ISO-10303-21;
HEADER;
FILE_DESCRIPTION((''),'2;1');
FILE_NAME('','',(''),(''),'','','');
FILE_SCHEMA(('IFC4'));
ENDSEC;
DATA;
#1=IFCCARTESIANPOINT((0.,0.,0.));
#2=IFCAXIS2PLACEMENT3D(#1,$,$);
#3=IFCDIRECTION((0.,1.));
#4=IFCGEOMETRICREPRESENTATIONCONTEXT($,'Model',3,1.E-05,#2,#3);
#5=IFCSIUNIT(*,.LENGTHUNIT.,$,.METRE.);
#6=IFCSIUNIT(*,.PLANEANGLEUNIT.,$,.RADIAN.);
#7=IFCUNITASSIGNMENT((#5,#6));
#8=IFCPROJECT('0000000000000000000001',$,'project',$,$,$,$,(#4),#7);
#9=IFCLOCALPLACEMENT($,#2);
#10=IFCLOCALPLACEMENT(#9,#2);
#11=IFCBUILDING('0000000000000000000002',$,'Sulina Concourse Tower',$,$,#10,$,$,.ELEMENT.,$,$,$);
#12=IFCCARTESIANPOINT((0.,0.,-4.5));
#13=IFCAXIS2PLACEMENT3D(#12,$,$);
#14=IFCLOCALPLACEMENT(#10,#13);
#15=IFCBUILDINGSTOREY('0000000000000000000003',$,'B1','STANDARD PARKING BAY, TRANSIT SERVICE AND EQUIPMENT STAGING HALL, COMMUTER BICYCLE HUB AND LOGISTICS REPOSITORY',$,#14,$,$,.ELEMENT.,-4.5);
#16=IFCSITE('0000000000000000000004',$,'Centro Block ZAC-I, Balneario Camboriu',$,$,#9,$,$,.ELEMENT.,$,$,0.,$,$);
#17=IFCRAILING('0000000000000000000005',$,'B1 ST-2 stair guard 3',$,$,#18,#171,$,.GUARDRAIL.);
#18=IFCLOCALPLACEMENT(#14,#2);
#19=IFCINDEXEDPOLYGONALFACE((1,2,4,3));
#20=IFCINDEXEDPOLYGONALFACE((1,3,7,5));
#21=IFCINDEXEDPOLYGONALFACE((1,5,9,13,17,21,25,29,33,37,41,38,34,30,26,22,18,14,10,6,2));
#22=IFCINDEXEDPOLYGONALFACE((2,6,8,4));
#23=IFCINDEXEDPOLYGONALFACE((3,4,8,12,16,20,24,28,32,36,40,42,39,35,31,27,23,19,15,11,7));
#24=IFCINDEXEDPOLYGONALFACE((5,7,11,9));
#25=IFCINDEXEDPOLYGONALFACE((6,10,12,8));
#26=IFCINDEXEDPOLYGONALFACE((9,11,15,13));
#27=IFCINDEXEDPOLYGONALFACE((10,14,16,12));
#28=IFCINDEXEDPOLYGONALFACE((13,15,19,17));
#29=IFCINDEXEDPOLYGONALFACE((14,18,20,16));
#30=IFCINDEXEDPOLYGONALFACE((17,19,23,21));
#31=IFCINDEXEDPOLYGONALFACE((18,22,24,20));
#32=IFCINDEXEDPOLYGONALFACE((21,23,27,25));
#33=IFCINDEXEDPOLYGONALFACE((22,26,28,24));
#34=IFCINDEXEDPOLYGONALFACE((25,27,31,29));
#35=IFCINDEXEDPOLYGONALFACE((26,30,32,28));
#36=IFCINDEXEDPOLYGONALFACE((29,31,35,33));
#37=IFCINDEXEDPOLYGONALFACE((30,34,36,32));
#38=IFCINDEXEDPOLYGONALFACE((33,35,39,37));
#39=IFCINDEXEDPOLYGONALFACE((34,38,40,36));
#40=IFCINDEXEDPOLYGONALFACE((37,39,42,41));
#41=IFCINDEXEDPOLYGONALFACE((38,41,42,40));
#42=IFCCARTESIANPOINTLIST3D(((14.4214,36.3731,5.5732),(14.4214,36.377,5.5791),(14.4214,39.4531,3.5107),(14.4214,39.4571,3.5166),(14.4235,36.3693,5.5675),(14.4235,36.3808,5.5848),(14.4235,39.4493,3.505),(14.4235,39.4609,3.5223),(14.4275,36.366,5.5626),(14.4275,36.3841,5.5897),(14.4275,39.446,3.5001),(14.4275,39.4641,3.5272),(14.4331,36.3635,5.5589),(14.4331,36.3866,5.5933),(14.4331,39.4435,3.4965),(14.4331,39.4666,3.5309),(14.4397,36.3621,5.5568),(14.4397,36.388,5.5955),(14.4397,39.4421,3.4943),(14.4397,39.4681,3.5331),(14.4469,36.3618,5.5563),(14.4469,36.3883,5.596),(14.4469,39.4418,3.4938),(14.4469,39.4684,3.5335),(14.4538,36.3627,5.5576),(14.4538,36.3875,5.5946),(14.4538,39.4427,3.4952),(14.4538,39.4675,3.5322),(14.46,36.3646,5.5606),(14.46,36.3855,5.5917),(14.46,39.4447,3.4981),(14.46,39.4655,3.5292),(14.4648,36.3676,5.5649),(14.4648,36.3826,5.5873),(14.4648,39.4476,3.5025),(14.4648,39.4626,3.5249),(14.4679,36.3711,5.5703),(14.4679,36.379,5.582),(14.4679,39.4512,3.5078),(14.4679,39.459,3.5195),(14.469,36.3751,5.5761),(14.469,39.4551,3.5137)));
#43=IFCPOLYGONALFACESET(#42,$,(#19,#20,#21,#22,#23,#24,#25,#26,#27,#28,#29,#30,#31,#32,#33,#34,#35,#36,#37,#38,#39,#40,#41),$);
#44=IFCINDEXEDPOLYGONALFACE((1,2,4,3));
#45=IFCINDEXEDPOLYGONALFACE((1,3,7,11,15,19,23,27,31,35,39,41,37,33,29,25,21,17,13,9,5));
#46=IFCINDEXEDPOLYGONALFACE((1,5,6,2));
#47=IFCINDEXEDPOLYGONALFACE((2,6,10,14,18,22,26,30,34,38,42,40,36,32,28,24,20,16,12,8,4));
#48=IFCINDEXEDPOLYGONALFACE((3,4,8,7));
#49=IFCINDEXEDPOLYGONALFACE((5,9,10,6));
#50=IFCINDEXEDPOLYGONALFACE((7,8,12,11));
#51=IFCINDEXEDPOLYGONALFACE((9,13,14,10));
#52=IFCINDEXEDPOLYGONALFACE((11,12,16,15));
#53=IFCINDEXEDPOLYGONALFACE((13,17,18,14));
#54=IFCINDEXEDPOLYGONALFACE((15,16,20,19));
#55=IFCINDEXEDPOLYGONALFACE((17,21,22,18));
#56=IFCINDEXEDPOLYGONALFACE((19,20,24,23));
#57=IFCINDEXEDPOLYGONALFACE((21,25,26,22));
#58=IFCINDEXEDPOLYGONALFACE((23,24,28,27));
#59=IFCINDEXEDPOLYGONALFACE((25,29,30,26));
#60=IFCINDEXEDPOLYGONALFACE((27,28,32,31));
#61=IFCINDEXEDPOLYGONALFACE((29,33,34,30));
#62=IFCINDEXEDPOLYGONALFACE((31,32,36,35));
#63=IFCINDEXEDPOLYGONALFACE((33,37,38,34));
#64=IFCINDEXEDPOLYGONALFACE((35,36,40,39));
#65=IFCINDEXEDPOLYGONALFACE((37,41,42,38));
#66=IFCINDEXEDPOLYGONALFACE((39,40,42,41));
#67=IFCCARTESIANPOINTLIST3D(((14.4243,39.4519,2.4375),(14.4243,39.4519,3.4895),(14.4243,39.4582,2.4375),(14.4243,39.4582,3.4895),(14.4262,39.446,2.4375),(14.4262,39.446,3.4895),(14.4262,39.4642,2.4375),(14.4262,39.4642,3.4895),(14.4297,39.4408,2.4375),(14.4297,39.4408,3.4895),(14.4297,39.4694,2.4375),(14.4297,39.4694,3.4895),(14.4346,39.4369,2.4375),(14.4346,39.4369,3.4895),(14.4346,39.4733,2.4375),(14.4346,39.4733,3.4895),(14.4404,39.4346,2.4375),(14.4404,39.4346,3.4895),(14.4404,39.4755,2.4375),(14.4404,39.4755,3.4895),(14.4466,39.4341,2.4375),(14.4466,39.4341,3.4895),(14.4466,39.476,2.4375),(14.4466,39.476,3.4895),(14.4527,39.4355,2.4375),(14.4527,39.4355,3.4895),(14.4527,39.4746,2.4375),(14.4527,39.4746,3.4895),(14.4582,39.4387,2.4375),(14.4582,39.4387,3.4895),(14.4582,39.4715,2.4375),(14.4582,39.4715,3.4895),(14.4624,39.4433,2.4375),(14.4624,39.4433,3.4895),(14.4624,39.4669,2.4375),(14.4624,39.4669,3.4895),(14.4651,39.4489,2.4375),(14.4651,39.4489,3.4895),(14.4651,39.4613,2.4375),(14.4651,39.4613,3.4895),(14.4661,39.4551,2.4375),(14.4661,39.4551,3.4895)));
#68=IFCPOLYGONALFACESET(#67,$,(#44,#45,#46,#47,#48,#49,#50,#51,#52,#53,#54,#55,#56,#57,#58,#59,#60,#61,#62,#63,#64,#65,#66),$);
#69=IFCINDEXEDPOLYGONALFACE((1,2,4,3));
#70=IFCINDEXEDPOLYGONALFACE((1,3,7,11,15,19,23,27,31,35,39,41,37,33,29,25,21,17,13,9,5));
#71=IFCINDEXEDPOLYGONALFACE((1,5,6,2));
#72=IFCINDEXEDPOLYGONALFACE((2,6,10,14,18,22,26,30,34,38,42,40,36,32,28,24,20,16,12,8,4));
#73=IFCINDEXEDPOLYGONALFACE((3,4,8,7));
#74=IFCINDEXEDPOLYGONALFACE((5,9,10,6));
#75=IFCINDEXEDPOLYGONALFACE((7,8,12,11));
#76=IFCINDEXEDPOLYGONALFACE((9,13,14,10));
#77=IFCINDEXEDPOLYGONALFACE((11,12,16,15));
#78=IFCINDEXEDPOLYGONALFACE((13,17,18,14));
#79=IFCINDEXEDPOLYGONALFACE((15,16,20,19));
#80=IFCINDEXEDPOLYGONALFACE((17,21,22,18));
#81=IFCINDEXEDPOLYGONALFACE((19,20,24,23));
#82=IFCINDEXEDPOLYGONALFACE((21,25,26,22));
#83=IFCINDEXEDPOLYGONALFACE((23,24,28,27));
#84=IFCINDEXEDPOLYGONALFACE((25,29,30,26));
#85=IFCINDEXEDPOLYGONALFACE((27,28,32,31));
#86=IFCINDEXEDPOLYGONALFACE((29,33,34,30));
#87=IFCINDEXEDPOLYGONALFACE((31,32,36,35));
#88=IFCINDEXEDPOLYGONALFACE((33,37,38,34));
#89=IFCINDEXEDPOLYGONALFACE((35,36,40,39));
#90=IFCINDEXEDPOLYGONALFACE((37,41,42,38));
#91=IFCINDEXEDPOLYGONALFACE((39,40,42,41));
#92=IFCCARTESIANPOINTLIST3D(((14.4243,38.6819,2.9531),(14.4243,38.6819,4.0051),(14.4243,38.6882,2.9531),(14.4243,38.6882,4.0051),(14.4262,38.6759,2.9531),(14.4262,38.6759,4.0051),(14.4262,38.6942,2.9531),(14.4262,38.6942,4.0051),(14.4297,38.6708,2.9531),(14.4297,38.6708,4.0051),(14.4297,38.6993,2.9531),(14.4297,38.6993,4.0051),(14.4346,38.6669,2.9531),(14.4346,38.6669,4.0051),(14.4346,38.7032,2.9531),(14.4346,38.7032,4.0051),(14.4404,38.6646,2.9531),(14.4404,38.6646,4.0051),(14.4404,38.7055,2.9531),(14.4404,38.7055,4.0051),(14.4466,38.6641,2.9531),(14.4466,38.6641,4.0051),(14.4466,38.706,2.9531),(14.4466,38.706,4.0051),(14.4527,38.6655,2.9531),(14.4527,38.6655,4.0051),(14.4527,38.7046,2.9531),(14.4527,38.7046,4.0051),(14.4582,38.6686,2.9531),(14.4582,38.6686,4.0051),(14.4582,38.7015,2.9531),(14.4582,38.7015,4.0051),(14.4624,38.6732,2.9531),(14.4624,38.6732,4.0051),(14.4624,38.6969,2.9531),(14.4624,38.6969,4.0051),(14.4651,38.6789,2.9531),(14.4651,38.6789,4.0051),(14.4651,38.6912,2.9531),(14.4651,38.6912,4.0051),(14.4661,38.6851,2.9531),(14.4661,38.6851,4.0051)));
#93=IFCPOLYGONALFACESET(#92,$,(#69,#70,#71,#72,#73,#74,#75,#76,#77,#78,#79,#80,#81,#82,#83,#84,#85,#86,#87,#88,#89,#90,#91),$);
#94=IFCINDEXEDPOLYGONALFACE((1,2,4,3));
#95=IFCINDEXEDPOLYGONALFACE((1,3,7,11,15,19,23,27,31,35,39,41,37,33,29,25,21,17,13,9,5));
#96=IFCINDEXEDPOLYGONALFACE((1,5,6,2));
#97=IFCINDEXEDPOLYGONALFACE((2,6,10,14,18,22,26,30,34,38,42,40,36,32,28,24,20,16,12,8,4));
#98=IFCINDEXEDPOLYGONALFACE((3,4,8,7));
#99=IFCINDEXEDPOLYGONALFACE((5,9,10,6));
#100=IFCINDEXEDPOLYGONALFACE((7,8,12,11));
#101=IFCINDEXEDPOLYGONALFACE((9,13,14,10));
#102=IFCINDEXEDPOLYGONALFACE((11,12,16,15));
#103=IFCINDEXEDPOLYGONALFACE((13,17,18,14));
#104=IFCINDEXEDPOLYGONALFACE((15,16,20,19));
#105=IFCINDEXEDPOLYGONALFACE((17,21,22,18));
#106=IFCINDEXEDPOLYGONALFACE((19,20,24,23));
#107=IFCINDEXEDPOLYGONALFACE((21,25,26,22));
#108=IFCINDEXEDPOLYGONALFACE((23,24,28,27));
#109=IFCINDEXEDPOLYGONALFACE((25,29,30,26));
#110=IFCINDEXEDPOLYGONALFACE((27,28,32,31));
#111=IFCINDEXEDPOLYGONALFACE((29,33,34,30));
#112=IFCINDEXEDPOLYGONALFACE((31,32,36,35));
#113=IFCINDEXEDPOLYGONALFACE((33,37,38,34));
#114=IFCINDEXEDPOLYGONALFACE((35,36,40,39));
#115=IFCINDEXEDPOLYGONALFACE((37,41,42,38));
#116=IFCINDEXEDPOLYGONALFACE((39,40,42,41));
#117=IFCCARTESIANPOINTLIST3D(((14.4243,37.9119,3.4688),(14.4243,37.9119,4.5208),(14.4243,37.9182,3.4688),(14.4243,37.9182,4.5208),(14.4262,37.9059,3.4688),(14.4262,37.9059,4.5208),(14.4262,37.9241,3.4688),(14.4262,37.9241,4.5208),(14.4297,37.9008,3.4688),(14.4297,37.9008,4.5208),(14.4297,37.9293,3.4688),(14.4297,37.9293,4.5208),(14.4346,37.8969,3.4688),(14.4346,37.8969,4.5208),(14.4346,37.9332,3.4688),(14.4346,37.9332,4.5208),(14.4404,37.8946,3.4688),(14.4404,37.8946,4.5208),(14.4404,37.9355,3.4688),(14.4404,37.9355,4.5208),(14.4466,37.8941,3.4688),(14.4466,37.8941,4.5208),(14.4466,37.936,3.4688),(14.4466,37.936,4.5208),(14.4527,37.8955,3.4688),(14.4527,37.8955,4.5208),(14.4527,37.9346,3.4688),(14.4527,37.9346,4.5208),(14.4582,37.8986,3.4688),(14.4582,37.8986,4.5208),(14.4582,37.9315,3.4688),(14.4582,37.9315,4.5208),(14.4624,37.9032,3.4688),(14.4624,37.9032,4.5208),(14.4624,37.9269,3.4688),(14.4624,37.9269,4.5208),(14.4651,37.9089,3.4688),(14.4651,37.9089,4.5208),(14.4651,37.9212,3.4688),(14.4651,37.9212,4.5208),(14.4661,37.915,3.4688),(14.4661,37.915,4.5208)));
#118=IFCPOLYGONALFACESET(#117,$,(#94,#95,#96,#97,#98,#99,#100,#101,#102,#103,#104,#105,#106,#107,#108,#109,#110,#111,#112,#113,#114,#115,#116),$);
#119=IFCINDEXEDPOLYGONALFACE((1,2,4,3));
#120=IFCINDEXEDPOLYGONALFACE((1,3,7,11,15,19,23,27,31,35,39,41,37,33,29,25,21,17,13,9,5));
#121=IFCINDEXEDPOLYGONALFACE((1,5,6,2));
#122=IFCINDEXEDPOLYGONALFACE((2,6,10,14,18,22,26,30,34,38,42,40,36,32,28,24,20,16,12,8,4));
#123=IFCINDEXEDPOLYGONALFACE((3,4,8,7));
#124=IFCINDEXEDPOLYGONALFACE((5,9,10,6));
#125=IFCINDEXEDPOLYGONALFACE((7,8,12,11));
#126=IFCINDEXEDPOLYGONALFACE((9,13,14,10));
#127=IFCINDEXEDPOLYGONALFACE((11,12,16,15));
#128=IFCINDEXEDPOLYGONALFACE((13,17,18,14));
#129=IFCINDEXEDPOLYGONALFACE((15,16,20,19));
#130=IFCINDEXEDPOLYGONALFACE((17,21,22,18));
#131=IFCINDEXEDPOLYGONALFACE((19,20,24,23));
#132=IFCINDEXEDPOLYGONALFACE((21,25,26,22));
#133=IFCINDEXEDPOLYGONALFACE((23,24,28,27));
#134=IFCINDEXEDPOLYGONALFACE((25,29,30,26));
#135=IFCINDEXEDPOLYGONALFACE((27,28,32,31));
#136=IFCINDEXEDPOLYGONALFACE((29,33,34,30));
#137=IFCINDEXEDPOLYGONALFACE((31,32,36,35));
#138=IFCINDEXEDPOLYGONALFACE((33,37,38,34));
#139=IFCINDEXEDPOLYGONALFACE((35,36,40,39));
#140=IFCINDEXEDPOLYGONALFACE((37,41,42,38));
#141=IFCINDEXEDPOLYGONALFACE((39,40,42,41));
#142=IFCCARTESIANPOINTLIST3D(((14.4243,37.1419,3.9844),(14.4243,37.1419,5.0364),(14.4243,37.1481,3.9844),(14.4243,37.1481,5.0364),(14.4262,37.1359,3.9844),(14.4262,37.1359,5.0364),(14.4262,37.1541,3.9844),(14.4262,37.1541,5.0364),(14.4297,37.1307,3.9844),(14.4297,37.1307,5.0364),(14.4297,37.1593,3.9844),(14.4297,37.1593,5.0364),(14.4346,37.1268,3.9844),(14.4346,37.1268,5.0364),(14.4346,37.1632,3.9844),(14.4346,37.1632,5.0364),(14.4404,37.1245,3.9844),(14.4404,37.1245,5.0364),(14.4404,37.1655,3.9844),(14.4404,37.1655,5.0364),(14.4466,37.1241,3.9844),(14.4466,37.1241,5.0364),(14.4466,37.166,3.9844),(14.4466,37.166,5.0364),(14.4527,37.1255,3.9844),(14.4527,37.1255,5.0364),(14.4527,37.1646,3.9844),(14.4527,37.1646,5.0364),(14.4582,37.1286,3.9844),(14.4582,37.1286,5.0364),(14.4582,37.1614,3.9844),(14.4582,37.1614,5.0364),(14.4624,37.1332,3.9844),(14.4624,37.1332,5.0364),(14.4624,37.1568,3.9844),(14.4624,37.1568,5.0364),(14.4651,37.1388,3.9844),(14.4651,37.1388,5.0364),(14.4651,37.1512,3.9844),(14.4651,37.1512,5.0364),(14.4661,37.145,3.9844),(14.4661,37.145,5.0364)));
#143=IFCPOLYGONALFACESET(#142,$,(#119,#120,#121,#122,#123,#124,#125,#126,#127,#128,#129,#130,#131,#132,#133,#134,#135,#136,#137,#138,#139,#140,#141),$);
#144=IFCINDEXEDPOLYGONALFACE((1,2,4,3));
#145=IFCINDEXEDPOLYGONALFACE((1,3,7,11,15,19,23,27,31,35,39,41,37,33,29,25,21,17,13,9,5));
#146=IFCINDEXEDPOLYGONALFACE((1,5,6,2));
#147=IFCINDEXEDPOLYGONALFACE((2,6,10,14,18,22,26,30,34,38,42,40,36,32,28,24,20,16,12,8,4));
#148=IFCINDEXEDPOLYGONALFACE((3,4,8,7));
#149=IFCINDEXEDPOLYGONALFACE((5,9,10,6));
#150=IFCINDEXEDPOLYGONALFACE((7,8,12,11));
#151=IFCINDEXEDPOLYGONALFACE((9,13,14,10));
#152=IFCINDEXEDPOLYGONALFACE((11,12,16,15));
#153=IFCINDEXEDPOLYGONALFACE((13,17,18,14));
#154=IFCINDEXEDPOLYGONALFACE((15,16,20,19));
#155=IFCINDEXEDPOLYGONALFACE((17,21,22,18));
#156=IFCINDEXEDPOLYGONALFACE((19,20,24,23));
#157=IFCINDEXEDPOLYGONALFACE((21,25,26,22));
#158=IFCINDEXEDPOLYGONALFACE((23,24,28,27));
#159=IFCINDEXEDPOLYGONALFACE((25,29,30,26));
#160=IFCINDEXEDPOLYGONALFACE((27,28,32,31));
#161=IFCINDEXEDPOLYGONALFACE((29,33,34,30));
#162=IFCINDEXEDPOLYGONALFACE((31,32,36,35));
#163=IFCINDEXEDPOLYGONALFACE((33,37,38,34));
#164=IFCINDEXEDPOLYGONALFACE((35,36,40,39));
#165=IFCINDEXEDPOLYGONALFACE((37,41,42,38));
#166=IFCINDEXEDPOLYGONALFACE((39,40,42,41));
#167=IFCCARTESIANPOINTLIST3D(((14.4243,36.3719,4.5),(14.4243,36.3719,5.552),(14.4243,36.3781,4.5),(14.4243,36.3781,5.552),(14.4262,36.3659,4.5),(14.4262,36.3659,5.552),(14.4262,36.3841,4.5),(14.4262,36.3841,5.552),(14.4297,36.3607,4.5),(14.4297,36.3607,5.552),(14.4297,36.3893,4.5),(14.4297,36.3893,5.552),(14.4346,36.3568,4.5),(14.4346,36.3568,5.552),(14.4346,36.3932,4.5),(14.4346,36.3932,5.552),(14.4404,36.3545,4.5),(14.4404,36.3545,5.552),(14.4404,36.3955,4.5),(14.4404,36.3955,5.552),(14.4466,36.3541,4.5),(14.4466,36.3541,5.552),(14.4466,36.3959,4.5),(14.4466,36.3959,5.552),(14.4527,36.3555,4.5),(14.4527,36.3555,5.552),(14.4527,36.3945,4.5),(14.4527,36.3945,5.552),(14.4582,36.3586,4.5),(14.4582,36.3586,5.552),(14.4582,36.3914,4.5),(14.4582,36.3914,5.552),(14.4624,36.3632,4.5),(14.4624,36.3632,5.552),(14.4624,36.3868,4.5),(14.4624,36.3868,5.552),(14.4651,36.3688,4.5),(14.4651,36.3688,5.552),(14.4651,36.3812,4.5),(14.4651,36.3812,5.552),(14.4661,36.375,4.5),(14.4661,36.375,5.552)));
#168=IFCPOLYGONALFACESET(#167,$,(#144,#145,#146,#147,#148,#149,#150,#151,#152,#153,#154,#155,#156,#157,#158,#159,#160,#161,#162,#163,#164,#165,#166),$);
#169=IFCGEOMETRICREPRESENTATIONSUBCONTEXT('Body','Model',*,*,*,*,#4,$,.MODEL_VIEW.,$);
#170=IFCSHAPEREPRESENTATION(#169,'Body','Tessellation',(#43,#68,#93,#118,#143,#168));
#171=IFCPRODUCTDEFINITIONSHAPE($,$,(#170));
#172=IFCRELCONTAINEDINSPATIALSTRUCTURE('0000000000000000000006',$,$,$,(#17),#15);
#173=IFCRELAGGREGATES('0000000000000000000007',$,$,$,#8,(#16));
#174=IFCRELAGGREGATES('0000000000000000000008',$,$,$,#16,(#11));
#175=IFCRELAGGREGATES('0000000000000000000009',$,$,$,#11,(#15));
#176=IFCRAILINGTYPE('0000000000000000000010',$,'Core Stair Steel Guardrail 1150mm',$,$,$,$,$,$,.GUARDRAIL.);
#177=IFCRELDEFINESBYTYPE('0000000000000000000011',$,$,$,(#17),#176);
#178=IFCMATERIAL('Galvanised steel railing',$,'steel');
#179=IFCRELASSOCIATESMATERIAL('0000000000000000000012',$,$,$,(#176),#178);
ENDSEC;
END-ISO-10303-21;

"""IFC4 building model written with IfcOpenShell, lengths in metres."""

from ifc_helpers import new_model, si_unit, direction, frame, origin, origin_2d, place, context, subcontext, project, spatial, circle, extrude, material, type_object, element, save


model = new_model("IFC4")

# Units and contexts
model_context = context("Model", 3, precision=1e-05, world=origin(), true_north=direction((0.0, 1.0)))
body_context = subcontext(model_context, "Body", "Model", "MODEL_VIEW")
ifc_project = project(units=[si_unit("LENGTHUNIT", "METRE"), si_unit("PLANEANGLEUNIT", "RADIAN")], contexts=[model_context])

# Site, building, storey
site_placement = place(None, origin())
site = spatial("IfcSite", under=ifc_project, at=site_placement, Name="Centro Block ZAC-I, Balneario Camboriu", CompositionType="ELEMENT", RefElevation=0.0)
building_placement = place(site_placement, origin())
building = spatial("IfcBuilding", under=site, at=building_placement, Name="Sulina Concourse Tower", CompositionType="ELEMENT")
storey_placement = place(building_placement, frame((0.0, 0.0, -4.5)))
storey = spatial("IfcBuildingStorey", under=building, at=storey_placement, Name="B1", Description="STANDARD PARKING BAY, TRANSIT SERVICE AND EQUIPMENT STAGING HALL, COMMUTER BICYCLE HUB AND LOGISTICS REPOSITORY", CompositionType="ELEMENT", Elevation=-4.5)

# Railing
ifc_material_1 = material(Name="Galvanised steel railing", Category="steel")
railing_type_1 = type_object("IfcRailingType", Name="Core Stair Steel Guardrail 1150mm", PredefinedType="GUARDRAIL", material=ifc_material_1)
railing_1_placement = place(storey_placement, frame((14.4451, 39.4551, 2.4375)))
element("IfcRailing", 1, at=railing_1_placement, inside=storey, type_object=railing_type_1, Name="B1 ST-2 stair guard 3", PredefinedType="GUARDRAIL", context=body_context, shape_type="SweptSolid", body=[
    extrude(circle(Radius=0.0239, at=origin_2d()), frame((0.0, 0.0, 1.0762), z_axis=(0.0, -0.830914, 0.556401), x_axis=(1.0, 0.0, 0.0)), (0.0, 0.0, 1.0), 3.7068),
    extrude(circle(Radius=0.021, at=origin_2d()), origin(), (0.0, 0.0, 1.0), 1.052),
    extrude(circle(Radius=0.021, at=origin_2d()), frame((0.0, -0.77, 0.5156)), (0.0, 0.0, 1.0), 1.052),
    extrude(circle(Radius=0.021, at=origin_2d()), frame((0.0, -1.54, 1.0312)), (0.0, 0.0, 1.0), 1.052),
    extrude(circle(Radius=0.021, at=origin_2d()), frame((0.0, -2.3101, 1.5469)), (0.0, 0.0, 1.0), 1.052),
    extrude(circle(Radius=0.021, at=origin_2d()), frame((0.0, -3.0801, 2.0625)), (0.0, 0.0, 1.0), 1.052),
])

save(model, "model.ifc")
